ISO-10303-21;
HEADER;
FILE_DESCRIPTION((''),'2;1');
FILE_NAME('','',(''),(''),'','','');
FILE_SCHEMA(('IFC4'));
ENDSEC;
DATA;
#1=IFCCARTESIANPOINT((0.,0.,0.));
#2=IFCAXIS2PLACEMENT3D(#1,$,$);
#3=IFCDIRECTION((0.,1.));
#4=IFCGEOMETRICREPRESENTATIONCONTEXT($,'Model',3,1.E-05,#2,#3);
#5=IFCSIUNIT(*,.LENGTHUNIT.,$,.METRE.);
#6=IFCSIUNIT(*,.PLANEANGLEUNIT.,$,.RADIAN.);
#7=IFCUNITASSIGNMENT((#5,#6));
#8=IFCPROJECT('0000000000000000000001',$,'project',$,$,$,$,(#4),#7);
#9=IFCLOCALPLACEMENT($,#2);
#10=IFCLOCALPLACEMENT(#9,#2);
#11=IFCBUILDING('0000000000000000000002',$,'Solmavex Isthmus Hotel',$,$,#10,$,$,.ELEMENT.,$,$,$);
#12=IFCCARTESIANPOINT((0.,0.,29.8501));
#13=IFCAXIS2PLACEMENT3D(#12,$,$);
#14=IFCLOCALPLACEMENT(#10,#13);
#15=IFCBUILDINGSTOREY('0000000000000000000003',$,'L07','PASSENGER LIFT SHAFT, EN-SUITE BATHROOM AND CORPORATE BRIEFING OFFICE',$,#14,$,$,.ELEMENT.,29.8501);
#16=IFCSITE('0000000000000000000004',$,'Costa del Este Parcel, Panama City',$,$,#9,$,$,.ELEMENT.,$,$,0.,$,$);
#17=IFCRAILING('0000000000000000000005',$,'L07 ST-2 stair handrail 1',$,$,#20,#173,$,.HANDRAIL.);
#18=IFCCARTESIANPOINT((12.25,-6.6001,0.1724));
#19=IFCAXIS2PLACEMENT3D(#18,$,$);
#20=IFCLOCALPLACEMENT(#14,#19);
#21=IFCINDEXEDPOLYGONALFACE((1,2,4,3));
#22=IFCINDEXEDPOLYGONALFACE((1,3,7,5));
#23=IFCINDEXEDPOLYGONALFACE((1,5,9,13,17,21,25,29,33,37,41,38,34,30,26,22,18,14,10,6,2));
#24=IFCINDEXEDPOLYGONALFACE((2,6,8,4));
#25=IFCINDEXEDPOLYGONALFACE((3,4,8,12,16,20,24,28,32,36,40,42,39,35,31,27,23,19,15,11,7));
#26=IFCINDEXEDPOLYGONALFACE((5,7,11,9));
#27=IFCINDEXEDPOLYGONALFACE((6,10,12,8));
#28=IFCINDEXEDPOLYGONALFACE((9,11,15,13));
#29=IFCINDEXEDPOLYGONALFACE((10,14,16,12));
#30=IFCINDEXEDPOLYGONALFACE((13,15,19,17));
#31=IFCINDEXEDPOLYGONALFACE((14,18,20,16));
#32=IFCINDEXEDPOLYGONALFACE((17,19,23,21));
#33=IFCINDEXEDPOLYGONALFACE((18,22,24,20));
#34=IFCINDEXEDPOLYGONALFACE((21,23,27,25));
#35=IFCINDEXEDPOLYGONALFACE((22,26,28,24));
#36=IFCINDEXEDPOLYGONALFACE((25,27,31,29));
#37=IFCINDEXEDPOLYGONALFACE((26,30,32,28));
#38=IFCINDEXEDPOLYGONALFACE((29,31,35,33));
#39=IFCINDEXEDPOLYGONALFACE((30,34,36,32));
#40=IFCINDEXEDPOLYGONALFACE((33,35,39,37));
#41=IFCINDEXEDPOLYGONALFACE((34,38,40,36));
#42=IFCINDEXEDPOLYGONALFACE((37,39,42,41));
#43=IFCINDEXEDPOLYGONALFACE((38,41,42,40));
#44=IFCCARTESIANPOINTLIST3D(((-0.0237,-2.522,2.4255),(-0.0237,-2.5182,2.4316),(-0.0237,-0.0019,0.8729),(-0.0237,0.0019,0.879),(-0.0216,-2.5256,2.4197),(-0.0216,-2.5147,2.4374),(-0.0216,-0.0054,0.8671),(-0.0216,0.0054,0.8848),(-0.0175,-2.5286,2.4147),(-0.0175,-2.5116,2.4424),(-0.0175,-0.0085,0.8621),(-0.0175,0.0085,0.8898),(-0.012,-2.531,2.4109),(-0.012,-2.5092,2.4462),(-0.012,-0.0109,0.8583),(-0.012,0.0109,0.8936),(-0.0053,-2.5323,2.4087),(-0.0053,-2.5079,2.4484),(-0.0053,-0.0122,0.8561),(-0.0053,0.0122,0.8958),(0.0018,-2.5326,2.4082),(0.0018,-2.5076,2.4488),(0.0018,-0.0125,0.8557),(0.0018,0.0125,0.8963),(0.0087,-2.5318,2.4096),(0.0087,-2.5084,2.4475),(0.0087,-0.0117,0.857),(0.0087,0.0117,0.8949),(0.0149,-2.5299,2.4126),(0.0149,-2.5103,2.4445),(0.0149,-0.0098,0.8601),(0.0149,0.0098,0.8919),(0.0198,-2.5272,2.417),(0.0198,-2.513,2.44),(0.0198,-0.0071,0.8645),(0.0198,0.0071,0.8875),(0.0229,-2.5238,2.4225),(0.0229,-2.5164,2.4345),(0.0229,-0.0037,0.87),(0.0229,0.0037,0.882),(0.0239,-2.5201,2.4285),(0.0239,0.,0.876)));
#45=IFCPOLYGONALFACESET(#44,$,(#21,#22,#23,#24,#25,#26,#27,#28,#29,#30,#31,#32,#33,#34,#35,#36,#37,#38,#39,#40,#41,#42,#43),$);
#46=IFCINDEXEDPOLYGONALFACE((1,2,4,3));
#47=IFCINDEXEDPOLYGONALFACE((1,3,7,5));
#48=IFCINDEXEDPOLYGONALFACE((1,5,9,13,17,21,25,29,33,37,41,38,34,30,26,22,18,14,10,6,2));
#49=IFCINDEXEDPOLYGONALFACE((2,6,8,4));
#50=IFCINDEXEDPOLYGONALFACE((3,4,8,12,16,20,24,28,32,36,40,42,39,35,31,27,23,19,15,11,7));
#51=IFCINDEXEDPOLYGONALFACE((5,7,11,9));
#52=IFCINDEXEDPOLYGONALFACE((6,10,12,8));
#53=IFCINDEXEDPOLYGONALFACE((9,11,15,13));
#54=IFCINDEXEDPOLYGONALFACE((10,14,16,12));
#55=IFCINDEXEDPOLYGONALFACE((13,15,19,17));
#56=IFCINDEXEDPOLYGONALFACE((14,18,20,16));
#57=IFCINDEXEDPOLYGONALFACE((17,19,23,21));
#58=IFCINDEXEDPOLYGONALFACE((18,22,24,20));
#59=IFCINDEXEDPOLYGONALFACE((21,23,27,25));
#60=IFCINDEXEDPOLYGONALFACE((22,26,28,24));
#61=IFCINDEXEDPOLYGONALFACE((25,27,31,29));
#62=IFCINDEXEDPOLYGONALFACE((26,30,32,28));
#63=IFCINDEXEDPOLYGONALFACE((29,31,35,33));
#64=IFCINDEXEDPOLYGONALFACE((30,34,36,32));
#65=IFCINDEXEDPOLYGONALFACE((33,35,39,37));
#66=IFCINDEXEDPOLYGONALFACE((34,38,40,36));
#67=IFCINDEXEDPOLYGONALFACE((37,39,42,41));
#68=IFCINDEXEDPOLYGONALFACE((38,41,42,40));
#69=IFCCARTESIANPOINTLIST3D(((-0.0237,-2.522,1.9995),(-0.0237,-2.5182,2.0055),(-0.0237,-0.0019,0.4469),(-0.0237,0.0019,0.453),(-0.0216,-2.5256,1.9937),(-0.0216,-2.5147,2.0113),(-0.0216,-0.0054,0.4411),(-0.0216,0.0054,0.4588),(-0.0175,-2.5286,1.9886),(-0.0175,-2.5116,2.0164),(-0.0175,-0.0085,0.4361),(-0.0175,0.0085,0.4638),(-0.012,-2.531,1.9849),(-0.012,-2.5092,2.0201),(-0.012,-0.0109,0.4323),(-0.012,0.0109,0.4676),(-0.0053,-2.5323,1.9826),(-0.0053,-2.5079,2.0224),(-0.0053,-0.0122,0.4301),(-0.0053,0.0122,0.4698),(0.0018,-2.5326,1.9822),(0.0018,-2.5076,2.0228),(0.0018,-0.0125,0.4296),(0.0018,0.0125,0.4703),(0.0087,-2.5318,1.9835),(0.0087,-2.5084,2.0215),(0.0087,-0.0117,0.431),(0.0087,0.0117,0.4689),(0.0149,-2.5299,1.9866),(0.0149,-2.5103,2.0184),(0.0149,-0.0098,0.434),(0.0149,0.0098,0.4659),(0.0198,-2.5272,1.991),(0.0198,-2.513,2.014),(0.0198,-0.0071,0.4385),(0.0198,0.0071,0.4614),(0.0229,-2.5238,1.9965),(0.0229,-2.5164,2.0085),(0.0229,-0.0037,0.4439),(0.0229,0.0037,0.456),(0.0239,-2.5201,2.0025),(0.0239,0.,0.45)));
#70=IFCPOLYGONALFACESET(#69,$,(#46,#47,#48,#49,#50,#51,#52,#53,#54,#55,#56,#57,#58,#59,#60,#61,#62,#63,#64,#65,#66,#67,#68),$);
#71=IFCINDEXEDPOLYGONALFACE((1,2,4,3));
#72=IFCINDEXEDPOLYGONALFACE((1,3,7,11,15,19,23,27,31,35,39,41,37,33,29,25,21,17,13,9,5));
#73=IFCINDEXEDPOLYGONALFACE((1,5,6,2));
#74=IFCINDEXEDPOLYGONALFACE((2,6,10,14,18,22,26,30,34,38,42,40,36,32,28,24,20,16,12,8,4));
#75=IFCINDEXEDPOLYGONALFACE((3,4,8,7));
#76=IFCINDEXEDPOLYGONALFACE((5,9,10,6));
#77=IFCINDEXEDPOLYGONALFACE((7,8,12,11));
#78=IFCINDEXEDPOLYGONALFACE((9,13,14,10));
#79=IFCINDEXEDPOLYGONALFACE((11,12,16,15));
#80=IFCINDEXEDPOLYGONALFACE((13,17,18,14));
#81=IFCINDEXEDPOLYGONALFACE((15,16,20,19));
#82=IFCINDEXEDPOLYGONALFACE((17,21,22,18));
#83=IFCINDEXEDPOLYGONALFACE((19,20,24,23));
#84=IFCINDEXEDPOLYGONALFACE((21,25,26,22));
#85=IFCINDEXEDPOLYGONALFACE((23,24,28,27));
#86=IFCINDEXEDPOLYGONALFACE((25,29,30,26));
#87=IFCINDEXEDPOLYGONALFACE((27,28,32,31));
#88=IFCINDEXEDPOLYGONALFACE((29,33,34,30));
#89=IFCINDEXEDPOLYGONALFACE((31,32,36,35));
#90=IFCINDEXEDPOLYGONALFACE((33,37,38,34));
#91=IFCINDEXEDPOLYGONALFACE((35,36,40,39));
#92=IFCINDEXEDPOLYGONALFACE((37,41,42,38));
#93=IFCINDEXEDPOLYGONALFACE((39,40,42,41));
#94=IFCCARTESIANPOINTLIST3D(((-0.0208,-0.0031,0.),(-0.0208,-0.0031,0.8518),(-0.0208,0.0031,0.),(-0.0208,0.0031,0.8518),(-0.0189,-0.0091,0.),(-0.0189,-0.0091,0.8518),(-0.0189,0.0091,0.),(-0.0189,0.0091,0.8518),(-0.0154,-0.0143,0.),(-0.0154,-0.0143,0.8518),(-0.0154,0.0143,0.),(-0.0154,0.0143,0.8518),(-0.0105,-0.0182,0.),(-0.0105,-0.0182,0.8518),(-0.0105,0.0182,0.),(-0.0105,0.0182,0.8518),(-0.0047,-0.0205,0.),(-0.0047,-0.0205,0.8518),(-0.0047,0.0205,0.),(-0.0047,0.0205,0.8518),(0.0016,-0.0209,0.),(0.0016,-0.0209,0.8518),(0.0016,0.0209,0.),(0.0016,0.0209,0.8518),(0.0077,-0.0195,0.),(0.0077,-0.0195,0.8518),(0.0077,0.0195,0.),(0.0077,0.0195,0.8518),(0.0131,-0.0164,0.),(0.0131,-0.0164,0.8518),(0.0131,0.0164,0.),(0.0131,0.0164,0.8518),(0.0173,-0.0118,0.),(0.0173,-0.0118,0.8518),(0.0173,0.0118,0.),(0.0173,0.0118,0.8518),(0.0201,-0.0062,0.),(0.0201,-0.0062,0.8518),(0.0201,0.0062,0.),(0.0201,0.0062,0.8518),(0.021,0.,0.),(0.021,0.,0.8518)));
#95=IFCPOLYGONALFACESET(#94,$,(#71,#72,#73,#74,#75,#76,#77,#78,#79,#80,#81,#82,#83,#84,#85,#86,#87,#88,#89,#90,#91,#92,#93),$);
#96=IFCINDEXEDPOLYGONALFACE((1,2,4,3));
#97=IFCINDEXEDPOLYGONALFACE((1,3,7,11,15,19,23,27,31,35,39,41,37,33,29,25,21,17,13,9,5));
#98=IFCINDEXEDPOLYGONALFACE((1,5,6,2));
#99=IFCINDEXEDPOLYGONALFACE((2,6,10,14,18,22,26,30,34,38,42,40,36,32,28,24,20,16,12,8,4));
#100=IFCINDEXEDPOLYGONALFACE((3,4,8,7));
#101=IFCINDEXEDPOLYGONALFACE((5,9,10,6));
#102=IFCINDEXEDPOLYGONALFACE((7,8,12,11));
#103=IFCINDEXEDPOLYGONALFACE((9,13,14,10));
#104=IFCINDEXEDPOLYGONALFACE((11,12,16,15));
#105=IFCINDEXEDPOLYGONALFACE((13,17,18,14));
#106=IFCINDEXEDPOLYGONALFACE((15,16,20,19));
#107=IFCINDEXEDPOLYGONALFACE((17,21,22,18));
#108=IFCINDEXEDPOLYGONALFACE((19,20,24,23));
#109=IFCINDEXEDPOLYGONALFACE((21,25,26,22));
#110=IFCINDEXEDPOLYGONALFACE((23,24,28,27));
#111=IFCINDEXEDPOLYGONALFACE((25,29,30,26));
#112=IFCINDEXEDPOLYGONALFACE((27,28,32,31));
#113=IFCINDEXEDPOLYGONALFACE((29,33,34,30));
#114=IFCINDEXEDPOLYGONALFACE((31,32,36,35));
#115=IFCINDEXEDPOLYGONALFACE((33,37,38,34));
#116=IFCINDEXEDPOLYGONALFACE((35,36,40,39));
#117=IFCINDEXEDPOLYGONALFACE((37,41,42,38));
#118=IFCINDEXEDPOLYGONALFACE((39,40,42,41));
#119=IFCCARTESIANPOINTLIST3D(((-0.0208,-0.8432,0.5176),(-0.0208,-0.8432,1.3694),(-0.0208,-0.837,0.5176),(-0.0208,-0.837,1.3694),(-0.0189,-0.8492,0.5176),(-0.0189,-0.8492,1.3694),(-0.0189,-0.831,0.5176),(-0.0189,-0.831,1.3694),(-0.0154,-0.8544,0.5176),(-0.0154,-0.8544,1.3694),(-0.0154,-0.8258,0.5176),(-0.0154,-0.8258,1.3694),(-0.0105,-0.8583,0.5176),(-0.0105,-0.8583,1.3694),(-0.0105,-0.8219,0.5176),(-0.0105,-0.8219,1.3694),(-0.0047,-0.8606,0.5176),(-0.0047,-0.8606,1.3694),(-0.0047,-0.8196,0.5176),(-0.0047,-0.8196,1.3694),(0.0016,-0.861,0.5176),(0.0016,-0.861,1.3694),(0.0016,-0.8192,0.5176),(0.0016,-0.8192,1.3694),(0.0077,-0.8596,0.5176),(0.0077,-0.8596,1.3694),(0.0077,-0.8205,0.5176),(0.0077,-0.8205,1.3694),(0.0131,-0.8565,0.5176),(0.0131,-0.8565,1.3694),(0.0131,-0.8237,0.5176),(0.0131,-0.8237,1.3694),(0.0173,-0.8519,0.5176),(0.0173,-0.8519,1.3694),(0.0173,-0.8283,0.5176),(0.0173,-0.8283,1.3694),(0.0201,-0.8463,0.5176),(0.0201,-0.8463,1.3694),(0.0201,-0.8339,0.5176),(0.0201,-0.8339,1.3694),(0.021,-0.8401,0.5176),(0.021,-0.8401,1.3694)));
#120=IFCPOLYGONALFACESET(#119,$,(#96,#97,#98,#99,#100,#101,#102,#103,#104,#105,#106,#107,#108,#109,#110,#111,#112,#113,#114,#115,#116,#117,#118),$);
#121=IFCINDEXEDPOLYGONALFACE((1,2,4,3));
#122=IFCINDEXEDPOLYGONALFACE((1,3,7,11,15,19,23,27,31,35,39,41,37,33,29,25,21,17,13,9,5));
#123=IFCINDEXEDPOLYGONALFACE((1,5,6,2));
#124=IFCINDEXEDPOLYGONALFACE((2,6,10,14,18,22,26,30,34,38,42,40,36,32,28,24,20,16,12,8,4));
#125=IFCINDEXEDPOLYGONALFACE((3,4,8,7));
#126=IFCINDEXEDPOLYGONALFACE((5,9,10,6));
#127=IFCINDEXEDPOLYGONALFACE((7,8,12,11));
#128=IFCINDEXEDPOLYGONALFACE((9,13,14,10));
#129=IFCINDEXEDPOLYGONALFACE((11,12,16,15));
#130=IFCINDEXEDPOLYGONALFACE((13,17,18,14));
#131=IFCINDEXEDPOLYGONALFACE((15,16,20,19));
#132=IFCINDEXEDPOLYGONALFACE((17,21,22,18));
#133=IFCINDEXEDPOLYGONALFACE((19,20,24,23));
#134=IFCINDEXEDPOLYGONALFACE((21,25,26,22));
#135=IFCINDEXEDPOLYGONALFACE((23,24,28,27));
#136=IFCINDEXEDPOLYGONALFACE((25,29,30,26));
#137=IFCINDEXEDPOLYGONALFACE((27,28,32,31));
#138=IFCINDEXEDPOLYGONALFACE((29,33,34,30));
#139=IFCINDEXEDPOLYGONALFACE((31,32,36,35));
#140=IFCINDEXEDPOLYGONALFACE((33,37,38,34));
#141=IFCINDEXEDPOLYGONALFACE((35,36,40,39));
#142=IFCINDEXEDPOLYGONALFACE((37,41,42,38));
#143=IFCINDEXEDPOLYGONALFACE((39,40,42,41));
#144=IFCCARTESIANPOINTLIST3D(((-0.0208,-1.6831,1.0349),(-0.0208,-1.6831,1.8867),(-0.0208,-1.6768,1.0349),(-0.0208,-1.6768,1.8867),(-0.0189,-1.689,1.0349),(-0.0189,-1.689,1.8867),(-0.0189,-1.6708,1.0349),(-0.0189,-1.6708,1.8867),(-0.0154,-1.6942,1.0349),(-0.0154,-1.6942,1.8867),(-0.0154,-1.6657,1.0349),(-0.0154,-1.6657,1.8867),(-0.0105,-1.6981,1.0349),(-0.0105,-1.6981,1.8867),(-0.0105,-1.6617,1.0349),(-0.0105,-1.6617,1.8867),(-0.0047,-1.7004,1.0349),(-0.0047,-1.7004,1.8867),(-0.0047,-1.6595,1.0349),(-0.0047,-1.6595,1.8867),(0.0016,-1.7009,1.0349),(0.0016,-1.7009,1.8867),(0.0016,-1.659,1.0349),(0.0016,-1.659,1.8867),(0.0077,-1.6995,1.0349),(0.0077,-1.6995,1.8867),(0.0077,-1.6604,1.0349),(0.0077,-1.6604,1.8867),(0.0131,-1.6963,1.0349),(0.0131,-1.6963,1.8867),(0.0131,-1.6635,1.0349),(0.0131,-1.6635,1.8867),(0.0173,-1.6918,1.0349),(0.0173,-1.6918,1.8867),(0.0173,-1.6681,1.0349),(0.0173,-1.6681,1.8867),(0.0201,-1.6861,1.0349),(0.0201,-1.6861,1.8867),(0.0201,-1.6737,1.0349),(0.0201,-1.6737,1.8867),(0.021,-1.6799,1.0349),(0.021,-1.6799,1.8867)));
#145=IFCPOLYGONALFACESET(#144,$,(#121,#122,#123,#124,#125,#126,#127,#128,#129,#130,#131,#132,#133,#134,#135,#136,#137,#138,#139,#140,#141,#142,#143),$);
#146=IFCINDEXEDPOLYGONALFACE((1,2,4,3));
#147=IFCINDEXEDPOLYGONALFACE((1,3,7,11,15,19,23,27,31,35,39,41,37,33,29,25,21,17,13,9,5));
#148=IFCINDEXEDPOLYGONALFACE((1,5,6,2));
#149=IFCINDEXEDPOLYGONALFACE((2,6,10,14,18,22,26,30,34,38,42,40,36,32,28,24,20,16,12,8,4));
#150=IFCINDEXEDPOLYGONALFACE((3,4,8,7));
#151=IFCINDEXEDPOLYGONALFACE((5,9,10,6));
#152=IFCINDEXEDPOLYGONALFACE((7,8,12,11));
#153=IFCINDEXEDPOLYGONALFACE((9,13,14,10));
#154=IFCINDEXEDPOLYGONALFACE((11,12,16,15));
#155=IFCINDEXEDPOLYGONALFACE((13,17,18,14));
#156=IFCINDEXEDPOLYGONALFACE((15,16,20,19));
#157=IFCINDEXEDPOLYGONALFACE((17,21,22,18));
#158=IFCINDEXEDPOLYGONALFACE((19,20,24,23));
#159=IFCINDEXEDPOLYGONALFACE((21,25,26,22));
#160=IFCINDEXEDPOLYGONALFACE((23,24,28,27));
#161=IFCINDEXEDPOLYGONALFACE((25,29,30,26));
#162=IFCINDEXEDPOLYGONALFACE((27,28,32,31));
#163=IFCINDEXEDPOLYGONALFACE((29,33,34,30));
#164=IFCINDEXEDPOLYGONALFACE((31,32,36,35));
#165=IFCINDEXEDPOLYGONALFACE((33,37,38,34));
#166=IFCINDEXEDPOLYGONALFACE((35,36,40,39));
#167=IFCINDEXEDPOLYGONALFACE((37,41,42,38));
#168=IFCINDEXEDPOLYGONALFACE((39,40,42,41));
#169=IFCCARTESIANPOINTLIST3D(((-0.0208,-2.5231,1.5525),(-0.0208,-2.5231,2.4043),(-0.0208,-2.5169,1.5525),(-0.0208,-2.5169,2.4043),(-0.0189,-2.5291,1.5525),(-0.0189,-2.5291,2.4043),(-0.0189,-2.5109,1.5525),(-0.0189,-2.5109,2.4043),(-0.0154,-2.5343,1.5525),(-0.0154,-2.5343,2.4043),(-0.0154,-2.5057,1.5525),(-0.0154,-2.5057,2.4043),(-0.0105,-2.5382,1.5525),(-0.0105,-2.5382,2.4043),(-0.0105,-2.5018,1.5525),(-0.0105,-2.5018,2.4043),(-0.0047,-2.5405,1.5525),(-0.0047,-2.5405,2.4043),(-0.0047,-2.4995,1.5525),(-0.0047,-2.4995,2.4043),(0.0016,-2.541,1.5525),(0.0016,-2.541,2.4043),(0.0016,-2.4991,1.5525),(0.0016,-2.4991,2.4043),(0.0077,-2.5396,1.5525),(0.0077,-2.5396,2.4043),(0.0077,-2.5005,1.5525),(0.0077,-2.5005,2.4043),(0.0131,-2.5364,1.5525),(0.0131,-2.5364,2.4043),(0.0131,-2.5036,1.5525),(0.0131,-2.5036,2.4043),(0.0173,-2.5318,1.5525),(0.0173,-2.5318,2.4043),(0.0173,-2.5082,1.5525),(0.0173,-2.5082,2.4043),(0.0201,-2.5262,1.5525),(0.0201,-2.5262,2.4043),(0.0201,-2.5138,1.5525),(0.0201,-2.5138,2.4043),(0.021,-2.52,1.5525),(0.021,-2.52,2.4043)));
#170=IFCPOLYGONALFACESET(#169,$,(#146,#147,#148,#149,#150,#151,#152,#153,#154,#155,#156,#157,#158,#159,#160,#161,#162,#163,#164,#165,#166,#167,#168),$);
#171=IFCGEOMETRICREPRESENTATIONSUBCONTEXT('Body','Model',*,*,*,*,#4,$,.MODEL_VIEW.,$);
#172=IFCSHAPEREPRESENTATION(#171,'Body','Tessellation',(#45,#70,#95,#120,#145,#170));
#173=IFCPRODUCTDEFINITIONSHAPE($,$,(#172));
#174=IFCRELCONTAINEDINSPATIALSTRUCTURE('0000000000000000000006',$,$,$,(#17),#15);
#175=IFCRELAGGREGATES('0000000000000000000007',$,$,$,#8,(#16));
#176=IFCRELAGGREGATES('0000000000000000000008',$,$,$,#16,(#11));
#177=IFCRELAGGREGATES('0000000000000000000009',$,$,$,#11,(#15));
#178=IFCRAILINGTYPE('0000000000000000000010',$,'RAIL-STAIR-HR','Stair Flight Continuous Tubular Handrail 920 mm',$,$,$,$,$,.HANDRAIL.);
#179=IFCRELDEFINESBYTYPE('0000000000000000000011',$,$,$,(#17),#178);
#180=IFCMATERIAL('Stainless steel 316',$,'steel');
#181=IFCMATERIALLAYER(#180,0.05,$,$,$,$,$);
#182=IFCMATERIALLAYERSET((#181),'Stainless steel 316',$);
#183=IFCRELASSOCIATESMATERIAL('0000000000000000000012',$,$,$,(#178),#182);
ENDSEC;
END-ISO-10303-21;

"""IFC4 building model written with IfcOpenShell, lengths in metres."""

from ifc_helpers import new_model, si_unit, direction, frame, origin, origin_2d, place, context, subcontext, project, spatial, circle, extrude, material, layer, layer_set, type_object, element, save


model = new_model("IFC4")

# Units and contexts
model_context = context("Model", 3, precision=1e-05, world=origin(), true_north=direction((0.0, 1.0)))
body_context = subcontext(model_context, "Body", "Model", "MODEL_VIEW")
ifc_project = project(units=[si_unit("LENGTHUNIT", "METRE"), si_unit("PLANEANGLEUNIT", "RADIAN")], contexts=[model_context])

# Site, building, storey
site_placement = place(None, origin())
site = spatial("IfcSite", under=ifc_project, at=site_placement, Name="Costa del Este Parcel, Panama City", CompositionType="ELEMENT", RefElevation=0.0)
building_placement = place(site_placement, origin())
building = spatial("IfcBuilding", under=site, at=building_placement, Name="Solmavex Isthmus Hotel", CompositionType="ELEMENT")
storey_placement = place(building_placement, frame((0.0, 0.0, 29.8501)))
storey = spatial("IfcBuildingStorey", under=building, at=storey_placement, Name="L07", Description="PASSENGER LIFT SHAFT, EN-SUITE BATHROOM AND CORPORATE BRIEFING OFFICE", CompositionType="ELEMENT", Elevation=29.8501)

# Railing
ifc_material_1 = material(Name="Stainless steel 316", Category="steel")
ifc_layer_1 = layer(ifc_material_1, 0.05)
ifc_layer_set_1 = layer_set([ifc_layer_1], Name="Stainless steel 316")
railing_type_1 = type_object("IfcRailingType", Name="RAIL-STAIR-HR", Description="Stair Flight Continuous Tubular Handrail 920 mm", PredefinedType="HANDRAIL", material=ifc_layer_set_1)
railing_1_placement = place(storey_placement, frame((12.25, -6.6001, 0.1724)))
element("IfcRailing", 1, at=railing_1_placement, inside=storey, type_object=railing_type_1, Name="L07 ST-2 stair handrail 1", PredefinedType="HANDRAIL", context=body_context, shape_type="SweptSolid", body=[
    extrude(circle(Radius=0.0239, at=origin_2d()), frame((0.0, 0.0, 0.876), z_axis=(0.0, -0.8514, 0.524516), x_axis=(1.0, 0.0, 0.0)), (0.0, 0.0, 1.0), 2.96),
    extrude(circle(Radius=0.0239, at=origin_2d()), frame((0.0, 0.0, 0.45), z_axis=(0.0, -0.8514, 0.524516), x_axis=(1.0, 0.0, 0.0)), (0.0, 0.0, 1.0), 2.96),
    extrude(circle(Radius=0.021, at=origin_2d()), origin(), (0.0, 0.0, 1.0), 0.8518),
    extrude(circle(Radius=0.021, at=origin_2d()), frame((0.0, -0.8401, 0.5176)), (0.0, 0.0, 1.0), 0.8518),
    extrude(circle(Radius=0.021, at=origin_2d()), frame((0.0, -1.6799, 1.0349)), (0.0, 0.0, 1.0), 0.8518),
    extrude(circle(Radius=0.021, at=origin_2d()), frame((0.0, -2.52, 1.5525)), (0.0, 0.0, 1.0), 0.8518),
])

save(model, "model.ifc")
